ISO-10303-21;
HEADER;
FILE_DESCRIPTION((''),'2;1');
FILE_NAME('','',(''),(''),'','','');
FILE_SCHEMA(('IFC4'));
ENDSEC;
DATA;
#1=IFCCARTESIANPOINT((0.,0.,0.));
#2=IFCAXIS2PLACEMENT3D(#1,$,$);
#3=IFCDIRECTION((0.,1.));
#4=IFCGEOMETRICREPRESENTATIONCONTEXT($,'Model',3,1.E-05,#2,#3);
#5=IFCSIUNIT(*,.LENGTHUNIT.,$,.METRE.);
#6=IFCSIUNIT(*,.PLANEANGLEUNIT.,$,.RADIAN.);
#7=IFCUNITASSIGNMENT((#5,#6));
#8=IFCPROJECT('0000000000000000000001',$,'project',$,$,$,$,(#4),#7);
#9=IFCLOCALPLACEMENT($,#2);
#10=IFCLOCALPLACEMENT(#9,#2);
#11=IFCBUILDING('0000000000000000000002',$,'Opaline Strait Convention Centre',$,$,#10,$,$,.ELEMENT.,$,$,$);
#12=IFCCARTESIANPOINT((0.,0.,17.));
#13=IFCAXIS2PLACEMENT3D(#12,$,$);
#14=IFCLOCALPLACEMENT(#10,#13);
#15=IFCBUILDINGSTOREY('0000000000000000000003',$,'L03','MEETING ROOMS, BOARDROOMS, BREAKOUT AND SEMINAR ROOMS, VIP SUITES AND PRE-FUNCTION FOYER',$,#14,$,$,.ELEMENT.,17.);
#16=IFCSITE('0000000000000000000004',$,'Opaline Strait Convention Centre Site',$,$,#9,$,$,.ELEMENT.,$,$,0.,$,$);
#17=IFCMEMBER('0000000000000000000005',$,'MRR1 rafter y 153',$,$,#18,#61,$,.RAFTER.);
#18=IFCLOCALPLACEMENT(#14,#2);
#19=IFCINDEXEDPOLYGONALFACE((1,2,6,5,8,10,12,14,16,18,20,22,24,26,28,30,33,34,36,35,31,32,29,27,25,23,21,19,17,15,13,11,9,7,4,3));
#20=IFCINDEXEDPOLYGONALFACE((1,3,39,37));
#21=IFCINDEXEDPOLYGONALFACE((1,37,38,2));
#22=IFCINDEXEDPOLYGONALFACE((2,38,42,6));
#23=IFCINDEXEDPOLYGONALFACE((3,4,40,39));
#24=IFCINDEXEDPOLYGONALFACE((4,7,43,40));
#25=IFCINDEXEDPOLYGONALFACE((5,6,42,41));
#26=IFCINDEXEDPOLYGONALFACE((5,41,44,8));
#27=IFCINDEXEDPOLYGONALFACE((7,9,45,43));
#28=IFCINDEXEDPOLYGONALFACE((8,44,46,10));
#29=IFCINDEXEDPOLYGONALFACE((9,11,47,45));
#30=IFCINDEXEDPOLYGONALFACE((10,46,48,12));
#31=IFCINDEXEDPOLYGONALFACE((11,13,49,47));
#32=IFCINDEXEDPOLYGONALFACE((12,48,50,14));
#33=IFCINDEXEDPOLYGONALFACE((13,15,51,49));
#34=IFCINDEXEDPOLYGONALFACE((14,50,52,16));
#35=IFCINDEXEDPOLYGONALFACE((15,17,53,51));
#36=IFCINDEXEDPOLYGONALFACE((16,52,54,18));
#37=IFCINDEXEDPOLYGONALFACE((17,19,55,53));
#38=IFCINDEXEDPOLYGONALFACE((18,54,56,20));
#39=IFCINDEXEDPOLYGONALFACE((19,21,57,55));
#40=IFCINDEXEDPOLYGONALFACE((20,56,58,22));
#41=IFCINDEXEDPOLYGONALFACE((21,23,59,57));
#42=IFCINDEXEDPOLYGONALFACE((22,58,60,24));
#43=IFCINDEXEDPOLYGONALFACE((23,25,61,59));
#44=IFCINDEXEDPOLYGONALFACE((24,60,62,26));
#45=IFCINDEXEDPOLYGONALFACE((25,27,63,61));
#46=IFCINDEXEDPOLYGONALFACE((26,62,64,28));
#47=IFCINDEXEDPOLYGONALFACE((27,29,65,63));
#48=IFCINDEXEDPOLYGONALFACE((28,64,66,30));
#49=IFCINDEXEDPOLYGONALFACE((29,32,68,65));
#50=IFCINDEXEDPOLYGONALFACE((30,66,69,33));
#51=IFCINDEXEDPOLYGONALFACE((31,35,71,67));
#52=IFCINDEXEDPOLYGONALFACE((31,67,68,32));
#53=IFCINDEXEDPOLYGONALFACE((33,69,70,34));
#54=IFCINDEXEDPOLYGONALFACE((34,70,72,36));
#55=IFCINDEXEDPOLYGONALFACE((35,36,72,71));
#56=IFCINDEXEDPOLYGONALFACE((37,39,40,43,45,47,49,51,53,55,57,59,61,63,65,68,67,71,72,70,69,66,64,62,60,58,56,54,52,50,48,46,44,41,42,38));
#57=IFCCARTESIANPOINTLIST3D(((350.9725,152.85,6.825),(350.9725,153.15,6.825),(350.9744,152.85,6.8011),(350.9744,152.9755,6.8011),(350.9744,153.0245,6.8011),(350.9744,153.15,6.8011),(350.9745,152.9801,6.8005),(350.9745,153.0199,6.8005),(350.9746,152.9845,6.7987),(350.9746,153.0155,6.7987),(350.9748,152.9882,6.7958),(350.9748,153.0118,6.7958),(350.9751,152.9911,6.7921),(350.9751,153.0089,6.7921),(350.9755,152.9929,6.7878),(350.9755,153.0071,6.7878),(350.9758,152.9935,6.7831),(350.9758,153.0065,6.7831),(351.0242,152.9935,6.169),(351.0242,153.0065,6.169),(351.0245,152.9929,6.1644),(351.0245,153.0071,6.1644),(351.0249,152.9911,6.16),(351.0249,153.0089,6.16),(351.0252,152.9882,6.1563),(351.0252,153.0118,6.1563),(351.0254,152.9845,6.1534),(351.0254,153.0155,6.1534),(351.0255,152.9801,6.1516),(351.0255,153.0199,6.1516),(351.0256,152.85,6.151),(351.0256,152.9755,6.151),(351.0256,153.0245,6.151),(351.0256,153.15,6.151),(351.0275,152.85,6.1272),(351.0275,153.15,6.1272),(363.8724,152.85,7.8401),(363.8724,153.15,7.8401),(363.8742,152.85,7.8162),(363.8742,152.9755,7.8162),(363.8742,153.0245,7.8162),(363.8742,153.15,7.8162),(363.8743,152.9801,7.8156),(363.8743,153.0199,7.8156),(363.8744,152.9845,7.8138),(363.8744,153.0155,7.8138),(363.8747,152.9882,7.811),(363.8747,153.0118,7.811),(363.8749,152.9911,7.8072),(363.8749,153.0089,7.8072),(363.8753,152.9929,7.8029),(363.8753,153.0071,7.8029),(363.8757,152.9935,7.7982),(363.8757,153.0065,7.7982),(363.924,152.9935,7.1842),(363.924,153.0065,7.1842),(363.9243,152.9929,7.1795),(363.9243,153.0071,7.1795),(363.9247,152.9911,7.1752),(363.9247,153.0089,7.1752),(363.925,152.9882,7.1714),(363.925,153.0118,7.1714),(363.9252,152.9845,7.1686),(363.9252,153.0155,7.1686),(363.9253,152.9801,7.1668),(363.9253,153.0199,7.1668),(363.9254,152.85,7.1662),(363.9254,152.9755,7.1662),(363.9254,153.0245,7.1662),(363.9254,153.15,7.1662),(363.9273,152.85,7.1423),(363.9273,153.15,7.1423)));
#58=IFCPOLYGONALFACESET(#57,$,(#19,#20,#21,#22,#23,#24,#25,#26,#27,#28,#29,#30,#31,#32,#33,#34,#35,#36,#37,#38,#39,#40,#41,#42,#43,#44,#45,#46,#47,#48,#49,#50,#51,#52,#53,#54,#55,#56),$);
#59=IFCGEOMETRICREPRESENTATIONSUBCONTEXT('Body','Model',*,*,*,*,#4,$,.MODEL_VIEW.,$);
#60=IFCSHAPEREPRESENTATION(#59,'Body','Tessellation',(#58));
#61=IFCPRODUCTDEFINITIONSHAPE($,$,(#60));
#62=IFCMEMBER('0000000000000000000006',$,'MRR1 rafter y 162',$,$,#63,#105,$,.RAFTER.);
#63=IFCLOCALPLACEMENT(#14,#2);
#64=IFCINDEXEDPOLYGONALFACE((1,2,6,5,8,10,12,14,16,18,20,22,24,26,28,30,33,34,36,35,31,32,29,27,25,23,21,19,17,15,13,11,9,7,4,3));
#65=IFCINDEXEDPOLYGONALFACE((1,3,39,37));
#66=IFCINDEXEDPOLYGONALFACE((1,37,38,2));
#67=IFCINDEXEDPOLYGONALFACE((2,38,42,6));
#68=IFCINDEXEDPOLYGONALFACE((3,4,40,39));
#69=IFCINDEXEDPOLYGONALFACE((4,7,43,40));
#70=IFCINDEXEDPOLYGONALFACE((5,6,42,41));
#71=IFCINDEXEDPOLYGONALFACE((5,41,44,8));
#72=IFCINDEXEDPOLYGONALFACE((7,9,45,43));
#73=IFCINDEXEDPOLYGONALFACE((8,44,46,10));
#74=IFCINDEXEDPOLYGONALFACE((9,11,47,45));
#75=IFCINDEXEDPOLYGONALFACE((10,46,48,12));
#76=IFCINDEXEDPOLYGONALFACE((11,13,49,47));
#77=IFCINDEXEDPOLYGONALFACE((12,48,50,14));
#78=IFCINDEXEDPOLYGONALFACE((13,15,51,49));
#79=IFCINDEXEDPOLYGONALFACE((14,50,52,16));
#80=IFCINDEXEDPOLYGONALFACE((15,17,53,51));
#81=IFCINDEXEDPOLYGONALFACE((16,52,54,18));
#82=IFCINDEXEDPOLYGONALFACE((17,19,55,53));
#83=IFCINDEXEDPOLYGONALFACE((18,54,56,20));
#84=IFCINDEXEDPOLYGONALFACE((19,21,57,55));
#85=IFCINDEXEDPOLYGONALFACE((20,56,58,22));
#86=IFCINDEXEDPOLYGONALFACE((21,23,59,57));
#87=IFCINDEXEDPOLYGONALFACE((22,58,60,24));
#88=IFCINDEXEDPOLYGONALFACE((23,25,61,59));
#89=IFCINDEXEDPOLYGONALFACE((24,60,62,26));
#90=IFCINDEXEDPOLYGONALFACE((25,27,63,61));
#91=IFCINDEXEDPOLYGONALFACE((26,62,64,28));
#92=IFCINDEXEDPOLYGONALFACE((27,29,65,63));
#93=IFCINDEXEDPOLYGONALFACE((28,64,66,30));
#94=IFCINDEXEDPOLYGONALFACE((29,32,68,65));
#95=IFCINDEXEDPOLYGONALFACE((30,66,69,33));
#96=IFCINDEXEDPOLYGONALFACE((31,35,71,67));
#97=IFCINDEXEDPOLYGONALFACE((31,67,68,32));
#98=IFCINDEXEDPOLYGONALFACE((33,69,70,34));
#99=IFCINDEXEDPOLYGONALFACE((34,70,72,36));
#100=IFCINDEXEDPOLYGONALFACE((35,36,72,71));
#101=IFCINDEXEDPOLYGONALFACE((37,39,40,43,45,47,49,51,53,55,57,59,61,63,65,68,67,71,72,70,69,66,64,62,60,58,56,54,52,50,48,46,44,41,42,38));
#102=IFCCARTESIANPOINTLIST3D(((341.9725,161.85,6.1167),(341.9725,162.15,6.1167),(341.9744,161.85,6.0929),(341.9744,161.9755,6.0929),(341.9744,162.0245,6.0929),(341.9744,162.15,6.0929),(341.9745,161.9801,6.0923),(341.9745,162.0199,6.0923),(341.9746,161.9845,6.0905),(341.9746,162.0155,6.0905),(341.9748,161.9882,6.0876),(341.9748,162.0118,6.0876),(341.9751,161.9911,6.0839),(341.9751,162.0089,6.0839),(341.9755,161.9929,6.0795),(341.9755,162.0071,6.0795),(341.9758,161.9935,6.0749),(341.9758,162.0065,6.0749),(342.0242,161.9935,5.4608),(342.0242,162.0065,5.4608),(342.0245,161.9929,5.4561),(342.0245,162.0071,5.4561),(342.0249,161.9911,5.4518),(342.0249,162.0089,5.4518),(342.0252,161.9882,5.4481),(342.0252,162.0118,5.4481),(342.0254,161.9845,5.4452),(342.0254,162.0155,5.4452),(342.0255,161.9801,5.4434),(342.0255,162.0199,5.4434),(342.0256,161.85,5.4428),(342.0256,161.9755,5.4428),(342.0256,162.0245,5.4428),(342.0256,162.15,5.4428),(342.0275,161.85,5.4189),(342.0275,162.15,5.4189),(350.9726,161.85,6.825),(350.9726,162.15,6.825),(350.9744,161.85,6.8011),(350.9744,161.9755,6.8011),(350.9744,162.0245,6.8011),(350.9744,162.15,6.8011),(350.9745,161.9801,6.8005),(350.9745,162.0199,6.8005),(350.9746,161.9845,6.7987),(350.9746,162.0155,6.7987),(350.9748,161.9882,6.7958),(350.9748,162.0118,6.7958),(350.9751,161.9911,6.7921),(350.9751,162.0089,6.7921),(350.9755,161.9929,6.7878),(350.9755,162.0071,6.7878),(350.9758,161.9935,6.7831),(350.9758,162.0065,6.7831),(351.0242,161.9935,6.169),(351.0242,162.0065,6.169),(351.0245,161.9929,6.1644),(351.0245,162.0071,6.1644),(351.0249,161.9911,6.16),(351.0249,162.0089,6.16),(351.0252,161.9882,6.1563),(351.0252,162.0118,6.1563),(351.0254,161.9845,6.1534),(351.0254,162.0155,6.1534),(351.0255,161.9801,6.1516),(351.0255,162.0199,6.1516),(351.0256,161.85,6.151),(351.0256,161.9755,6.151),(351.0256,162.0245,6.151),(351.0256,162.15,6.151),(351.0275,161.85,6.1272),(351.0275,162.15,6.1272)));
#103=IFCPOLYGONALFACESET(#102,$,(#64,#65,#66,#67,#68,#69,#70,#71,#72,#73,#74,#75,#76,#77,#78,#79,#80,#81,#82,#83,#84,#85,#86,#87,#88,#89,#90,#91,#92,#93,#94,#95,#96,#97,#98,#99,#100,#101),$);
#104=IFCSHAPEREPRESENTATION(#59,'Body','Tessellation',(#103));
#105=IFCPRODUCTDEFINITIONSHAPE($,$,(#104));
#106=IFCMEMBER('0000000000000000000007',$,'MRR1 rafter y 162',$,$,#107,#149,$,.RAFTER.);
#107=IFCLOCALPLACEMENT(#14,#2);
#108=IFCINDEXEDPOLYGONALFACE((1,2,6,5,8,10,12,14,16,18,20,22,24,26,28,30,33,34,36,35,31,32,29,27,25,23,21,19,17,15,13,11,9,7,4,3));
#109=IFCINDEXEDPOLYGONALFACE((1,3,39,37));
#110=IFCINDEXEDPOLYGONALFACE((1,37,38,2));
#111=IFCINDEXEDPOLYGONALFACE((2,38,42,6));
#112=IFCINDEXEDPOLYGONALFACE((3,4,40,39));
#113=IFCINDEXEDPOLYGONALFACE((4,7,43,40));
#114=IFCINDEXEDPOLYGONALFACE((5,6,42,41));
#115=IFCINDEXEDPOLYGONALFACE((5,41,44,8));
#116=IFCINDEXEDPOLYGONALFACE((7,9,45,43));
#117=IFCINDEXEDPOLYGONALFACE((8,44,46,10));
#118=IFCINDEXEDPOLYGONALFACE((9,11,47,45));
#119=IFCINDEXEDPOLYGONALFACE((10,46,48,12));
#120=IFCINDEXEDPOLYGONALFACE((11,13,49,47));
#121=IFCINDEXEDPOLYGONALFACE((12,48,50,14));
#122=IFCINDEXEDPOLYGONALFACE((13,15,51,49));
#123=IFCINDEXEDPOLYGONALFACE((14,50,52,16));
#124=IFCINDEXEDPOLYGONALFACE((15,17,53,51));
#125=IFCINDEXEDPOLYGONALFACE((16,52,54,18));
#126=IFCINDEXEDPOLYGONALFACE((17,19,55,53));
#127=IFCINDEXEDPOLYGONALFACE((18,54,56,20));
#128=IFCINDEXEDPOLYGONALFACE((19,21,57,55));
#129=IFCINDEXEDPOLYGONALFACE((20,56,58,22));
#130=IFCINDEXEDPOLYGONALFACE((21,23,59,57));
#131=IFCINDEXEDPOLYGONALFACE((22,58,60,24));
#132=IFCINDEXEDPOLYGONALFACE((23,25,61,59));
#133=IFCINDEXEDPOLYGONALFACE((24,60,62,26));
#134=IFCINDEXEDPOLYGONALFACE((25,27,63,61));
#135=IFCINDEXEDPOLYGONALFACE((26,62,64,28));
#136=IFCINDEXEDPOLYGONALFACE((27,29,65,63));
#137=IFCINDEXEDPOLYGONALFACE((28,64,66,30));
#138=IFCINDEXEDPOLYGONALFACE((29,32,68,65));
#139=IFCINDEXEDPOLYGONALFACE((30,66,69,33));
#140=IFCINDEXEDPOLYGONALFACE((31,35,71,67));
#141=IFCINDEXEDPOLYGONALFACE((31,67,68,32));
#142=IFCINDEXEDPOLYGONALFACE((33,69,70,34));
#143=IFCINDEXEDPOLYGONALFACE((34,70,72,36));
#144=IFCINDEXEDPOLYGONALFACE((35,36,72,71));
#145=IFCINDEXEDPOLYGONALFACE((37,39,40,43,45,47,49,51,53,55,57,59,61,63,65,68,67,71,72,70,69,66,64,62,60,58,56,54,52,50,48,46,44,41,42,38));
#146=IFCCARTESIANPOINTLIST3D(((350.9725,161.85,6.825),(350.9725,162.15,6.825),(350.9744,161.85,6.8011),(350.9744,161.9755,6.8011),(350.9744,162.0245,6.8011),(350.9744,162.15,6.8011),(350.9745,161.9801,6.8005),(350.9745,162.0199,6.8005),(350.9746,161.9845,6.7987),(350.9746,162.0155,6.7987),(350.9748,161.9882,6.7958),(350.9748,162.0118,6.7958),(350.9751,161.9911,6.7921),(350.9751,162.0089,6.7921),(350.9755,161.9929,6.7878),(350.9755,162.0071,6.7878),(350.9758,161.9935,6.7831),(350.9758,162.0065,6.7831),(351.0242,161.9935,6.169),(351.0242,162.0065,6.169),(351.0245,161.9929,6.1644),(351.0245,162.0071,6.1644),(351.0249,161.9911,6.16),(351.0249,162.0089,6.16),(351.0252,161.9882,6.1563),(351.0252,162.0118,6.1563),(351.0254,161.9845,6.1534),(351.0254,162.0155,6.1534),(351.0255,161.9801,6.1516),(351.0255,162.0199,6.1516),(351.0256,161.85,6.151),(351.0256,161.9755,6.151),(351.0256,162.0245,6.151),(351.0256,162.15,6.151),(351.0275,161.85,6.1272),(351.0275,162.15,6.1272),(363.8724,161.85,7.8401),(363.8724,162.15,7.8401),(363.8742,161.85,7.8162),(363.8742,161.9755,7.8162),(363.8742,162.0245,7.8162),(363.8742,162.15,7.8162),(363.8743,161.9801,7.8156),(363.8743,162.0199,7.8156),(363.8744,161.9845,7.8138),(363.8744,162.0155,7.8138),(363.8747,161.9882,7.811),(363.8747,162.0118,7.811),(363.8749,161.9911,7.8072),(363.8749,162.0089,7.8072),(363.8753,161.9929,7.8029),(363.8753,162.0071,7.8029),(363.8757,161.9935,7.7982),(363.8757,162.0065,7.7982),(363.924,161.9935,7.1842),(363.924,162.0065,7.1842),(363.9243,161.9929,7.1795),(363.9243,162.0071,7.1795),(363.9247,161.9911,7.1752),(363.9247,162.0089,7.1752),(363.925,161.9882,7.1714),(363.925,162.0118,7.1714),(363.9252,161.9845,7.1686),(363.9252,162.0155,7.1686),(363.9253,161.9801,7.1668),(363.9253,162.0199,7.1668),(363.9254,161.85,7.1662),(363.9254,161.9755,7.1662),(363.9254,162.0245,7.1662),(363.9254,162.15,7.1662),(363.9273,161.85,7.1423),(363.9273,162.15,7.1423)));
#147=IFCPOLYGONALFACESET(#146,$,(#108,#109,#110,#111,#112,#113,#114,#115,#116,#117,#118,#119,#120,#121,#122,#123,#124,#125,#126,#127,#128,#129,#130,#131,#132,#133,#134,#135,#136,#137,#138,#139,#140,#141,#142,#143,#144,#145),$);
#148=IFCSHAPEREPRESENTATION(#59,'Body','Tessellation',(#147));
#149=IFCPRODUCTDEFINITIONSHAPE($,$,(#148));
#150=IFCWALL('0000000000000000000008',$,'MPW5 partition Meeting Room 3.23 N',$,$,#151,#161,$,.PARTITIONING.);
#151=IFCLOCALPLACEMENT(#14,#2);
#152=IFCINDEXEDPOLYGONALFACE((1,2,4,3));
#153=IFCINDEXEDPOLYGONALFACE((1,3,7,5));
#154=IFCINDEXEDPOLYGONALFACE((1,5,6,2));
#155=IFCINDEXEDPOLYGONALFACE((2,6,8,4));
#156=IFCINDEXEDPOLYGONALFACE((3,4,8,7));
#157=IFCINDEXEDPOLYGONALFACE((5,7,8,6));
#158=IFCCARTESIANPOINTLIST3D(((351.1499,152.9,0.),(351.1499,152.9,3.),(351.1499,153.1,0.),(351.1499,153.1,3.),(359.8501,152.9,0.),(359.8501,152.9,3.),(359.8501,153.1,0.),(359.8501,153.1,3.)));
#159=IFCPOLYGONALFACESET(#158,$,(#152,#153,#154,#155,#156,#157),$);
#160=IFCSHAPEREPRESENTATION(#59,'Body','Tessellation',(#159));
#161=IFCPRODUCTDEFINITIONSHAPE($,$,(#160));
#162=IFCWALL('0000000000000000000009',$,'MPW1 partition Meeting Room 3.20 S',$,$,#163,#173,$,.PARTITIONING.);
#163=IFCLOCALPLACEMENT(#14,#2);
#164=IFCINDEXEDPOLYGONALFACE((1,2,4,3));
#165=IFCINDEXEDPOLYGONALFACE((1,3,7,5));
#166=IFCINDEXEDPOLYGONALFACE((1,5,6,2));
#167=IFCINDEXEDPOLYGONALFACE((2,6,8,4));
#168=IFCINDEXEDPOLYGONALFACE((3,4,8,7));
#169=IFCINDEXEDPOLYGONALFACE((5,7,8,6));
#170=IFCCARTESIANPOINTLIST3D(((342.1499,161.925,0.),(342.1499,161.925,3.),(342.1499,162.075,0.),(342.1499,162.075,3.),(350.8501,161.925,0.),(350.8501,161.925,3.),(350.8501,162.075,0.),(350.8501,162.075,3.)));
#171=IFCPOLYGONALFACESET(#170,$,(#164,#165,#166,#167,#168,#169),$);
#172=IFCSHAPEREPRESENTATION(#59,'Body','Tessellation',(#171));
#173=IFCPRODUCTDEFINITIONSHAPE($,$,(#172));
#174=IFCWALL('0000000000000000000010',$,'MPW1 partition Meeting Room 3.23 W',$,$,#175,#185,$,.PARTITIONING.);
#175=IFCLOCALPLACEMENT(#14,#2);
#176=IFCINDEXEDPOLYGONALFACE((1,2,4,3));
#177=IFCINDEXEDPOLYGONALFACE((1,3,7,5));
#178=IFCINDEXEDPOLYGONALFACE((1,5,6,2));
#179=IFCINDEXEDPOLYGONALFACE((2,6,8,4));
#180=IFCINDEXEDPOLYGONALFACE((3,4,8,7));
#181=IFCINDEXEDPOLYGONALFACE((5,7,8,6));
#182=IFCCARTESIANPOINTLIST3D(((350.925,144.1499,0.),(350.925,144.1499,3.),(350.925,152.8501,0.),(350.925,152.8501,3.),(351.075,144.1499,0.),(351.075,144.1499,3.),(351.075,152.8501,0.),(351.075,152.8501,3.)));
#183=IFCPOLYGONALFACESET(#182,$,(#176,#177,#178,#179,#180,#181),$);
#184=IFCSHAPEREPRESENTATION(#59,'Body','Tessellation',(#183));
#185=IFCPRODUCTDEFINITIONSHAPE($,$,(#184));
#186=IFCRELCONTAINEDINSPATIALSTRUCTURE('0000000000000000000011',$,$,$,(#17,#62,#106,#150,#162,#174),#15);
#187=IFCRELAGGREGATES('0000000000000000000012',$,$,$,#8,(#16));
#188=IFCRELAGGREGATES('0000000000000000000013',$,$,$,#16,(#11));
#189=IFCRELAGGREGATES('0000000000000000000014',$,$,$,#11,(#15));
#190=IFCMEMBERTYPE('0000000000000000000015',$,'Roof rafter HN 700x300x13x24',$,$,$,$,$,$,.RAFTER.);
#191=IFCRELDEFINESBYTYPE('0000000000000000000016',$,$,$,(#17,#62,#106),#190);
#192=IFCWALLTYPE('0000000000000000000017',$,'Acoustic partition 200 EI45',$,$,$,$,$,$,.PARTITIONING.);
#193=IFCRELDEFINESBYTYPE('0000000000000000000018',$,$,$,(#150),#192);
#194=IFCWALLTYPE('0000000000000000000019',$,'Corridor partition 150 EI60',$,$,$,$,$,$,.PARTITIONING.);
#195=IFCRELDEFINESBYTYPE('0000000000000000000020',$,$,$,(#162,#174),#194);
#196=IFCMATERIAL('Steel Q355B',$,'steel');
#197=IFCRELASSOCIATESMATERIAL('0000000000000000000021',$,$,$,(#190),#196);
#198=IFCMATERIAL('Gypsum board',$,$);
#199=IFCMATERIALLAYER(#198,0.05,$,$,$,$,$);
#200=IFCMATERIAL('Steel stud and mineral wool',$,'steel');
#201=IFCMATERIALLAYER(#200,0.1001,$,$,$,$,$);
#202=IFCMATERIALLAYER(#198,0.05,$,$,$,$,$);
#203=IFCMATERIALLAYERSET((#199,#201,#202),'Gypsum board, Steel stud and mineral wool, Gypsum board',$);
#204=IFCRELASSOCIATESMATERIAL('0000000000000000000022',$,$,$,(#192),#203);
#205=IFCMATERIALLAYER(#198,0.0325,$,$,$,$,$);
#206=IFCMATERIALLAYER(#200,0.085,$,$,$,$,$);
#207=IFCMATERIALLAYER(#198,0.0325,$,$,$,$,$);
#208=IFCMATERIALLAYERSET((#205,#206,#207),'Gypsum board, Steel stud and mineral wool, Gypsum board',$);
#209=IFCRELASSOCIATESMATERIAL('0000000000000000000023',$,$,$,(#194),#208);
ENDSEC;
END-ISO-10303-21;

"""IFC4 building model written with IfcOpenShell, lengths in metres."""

from ifc_helpers import new_model, si_unit, direction, frame, frame_2d, origin, origin_2d, place, context, subcontext, project, spatial, rectangle, i_section, extrude, material, layer, layer_set, material_profile, profile_set, type_object, element, save


model = new_model("IFC4")

# Units and contexts
model_context = context("Model", 3, precision=1e-05, world=origin(), true_north=direction((0.0, 1.0)))
body_context = subcontext(model_context, "Body", "Model", "MODEL_VIEW")
ifc_project = project(units=[si_unit("LENGTHUNIT", "METRE"), si_unit("PLANEANGLEUNIT", "RADIAN")], contexts=[model_context])

# Site, building, storey
site_placement = place(None, origin())
site = spatial("IfcSite", under=ifc_project, at=site_placement, Name="Opaline Strait Convention Centre Site", CompositionType="ELEMENT", RefElevation=0.0)
building_placement = place(site_placement, origin())
building = spatial("IfcBuilding", under=site, at=building_placement, Name="Opaline Strait Convention Centre", CompositionType="ELEMENT")
storey_placement = place(building_placement, frame((0.0, 0.0, 17.0)))
storey = spatial("IfcBuildingStorey", under=building, at=storey_placement, Name="L03", Description="MEETING ROOMS, BOARDROOMS, BREAKOUT AND SEMINAR ROOMS, VIP SUITES AND PRE-FUNCTION FOYER", CompositionType="ELEMENT", Elevation=17.0)

# Shared definitions
ifc_material_1 = material(Name="Steel Q355B", Category="steel")

# Members
ifc_material_profile_1 = material_profile(ifc_material_1, i_section(OverallWidth=0.3, OverallDepth=0.7, WebThickness=0.0129, FlangeThickness=0.0239, FilletRadius=0.0181, at=origin_2d()), Name="HN 700x300x13x24")
ifc_profile_set_1 = profile_set([ifc_material_profile_1], Name="Steel Q355B")
member_type_1 = type_object("IfcMemberType", Name="Roof rafter HN 700x300x13x24", PredefinedType="RAFTER", material=ifc_profile_set_1)
member_1_placement = place(storey_placement, frame((351.0, 153.0, 6.4761), z_axis=(0.996918, 0.0, 0.078451), x_axis=(0.0, 1.0, 0.0)))
element("IfcMember", 1, at=member_1_placement, inside=storey, type_object=member_type_1, Name="MRR1 rafter y 153", PredefinedType="RAFTER", context=body_context, shape_type="SweptSolid", body=[
    extrude(i_section(OverallWidth=0.3, OverallDepth=0.7, WebThickness=0.0129, FlangeThickness=0.0239, FilletRadius=0.0181, at=origin_2d()), origin(), (0.0, 0.0, 1.0), 12.9397),
])
member_2_placement = place(storey_placement, frame((342.0, 162.0, 5.7678), z_axis=(0.996918, 0.0, 0.078452), x_axis=(0.0, 1.0, 0.0)))
element("IfcMember", 2, at=member_2_placement, inside=storey, type_object=member_type_1, Name="MRR1 rafter y 162", PredefinedType="RAFTER", context=body_context, shape_type="SweptSolid", body=[
    extrude(i_section(OverallWidth=0.3, OverallDepth=0.7, WebThickness=0.0129, FlangeThickness=0.0239, FilletRadius=0.0181, at=origin_2d()), origin(), (0.0, 0.0, 1.0), 9.0278),
])
member_3_placement = place(storey_placement, frame((351.0, 162.0, 6.4761), z_axis=(0.996918, 0.0, 0.078451), x_axis=(0.0, 1.0, 0.0)))
element("IfcMember", 3, at=member_3_placement, inside=storey, type_object=member_type_1, Name="MRR1 rafter y 162", PredefinedType="RAFTER", context=body_context, shape_type="SweptSolid", body=[
    extrude(i_section(OverallWidth=0.3, OverallDepth=0.7, WebThickness=0.0129, FlangeThickness=0.0239, FilletRadius=0.0181, at=origin_2d()), origin(), (0.0, 0.0, 1.0), 12.9397),
])

# Walls
ifc_material_2 = material(Name="Gypsum board")
ifc_layer_1 = layer(ifc_material_2, 0.05)
ifc_material_3 = material(Name="Steel stud and mineral wool", Category="steel")
ifc_layer_2 = layer(ifc_material_3, 0.1001)
ifc_layer_3 = layer(ifc_material_2, 0.05)
ifc_layer_set_1 = layer_set([ifc_layer_1, ifc_layer_2, ifc_layer_3], Name="Gypsum board, Steel stud and mineral wool, Gypsum board")
wall_type_1 = type_object("IfcWallType", Name="Acoustic partition 200 EI45", PredefinedType="PARTITIONING", material=ifc_layer_set_1)
wall_1_placement = place(storey_placement, frame((351.1499, 153.0, 0.0), z_axis=(0.0, 0.0, 1.0), x_axis=(1.0, 0.0, 0.0)))
element("IfcWall", 4, at=wall_1_placement, inside=storey, type_object=wall_type_1, Name="MPW5 partition Meeting Room 3.23 N", PredefinedType="PARTITIONING", context=body_context, shape_type="SweptSolid", body=[
    extrude(rectangle(XDim=8.7002, YDim=0.2, at=frame_2d((4.3501, 0.0))), origin(), (0.0, 0.0, 1.0), 3.0),
])
ifc_layer_4 = layer(ifc_material_2, 0.0325)
ifc_layer_5 = layer(ifc_material_3, 0.085)
ifc_layer_6 = layer(ifc_material_2, 0.0325)
ifc_layer_set_2 = layer_set([ifc_layer_4, ifc_layer_5, ifc_layer_6], Name="Gypsum board, Steel stud and mineral wool, Gypsum board")
wall_type_2 = type_object("IfcWallType", Name="Corridor partition 150 EI60", PredefinedType="PARTITIONING", material=ifc_layer_set_2)
for number, where, z_axis, x_axis, name in (
    (5, (342.1499, 162.0, 0.0), (0.0, 0.0, 1.0), (1.0, 0.0, 0.0), "MPW1 partition Meeting Room 3.20 S"),
    (6, (351.0, 144.1499, 0.0), (0.0, 0.0, 1.0), (0.0, 1.0, 0.0), "MPW1 partition Meeting Room 3.23 W"),
):
    element("IfcWall", number, at=place(storey_placement, frame(where, z_axis=z_axis, x_axis=x_axis)), inside=storey, type_object=wall_type_2, Name=name, PredefinedType="PARTITIONING", context=body_context, shape_type="SweptSolid", body=[
        extrude(rectangle(XDim=8.7002, YDim=0.1499, at=frame_2d((4.3501, 0.0))), origin(), (0.0, 0.0, 1.0), 3.0),
    ])

save(model, "model.ifc")
